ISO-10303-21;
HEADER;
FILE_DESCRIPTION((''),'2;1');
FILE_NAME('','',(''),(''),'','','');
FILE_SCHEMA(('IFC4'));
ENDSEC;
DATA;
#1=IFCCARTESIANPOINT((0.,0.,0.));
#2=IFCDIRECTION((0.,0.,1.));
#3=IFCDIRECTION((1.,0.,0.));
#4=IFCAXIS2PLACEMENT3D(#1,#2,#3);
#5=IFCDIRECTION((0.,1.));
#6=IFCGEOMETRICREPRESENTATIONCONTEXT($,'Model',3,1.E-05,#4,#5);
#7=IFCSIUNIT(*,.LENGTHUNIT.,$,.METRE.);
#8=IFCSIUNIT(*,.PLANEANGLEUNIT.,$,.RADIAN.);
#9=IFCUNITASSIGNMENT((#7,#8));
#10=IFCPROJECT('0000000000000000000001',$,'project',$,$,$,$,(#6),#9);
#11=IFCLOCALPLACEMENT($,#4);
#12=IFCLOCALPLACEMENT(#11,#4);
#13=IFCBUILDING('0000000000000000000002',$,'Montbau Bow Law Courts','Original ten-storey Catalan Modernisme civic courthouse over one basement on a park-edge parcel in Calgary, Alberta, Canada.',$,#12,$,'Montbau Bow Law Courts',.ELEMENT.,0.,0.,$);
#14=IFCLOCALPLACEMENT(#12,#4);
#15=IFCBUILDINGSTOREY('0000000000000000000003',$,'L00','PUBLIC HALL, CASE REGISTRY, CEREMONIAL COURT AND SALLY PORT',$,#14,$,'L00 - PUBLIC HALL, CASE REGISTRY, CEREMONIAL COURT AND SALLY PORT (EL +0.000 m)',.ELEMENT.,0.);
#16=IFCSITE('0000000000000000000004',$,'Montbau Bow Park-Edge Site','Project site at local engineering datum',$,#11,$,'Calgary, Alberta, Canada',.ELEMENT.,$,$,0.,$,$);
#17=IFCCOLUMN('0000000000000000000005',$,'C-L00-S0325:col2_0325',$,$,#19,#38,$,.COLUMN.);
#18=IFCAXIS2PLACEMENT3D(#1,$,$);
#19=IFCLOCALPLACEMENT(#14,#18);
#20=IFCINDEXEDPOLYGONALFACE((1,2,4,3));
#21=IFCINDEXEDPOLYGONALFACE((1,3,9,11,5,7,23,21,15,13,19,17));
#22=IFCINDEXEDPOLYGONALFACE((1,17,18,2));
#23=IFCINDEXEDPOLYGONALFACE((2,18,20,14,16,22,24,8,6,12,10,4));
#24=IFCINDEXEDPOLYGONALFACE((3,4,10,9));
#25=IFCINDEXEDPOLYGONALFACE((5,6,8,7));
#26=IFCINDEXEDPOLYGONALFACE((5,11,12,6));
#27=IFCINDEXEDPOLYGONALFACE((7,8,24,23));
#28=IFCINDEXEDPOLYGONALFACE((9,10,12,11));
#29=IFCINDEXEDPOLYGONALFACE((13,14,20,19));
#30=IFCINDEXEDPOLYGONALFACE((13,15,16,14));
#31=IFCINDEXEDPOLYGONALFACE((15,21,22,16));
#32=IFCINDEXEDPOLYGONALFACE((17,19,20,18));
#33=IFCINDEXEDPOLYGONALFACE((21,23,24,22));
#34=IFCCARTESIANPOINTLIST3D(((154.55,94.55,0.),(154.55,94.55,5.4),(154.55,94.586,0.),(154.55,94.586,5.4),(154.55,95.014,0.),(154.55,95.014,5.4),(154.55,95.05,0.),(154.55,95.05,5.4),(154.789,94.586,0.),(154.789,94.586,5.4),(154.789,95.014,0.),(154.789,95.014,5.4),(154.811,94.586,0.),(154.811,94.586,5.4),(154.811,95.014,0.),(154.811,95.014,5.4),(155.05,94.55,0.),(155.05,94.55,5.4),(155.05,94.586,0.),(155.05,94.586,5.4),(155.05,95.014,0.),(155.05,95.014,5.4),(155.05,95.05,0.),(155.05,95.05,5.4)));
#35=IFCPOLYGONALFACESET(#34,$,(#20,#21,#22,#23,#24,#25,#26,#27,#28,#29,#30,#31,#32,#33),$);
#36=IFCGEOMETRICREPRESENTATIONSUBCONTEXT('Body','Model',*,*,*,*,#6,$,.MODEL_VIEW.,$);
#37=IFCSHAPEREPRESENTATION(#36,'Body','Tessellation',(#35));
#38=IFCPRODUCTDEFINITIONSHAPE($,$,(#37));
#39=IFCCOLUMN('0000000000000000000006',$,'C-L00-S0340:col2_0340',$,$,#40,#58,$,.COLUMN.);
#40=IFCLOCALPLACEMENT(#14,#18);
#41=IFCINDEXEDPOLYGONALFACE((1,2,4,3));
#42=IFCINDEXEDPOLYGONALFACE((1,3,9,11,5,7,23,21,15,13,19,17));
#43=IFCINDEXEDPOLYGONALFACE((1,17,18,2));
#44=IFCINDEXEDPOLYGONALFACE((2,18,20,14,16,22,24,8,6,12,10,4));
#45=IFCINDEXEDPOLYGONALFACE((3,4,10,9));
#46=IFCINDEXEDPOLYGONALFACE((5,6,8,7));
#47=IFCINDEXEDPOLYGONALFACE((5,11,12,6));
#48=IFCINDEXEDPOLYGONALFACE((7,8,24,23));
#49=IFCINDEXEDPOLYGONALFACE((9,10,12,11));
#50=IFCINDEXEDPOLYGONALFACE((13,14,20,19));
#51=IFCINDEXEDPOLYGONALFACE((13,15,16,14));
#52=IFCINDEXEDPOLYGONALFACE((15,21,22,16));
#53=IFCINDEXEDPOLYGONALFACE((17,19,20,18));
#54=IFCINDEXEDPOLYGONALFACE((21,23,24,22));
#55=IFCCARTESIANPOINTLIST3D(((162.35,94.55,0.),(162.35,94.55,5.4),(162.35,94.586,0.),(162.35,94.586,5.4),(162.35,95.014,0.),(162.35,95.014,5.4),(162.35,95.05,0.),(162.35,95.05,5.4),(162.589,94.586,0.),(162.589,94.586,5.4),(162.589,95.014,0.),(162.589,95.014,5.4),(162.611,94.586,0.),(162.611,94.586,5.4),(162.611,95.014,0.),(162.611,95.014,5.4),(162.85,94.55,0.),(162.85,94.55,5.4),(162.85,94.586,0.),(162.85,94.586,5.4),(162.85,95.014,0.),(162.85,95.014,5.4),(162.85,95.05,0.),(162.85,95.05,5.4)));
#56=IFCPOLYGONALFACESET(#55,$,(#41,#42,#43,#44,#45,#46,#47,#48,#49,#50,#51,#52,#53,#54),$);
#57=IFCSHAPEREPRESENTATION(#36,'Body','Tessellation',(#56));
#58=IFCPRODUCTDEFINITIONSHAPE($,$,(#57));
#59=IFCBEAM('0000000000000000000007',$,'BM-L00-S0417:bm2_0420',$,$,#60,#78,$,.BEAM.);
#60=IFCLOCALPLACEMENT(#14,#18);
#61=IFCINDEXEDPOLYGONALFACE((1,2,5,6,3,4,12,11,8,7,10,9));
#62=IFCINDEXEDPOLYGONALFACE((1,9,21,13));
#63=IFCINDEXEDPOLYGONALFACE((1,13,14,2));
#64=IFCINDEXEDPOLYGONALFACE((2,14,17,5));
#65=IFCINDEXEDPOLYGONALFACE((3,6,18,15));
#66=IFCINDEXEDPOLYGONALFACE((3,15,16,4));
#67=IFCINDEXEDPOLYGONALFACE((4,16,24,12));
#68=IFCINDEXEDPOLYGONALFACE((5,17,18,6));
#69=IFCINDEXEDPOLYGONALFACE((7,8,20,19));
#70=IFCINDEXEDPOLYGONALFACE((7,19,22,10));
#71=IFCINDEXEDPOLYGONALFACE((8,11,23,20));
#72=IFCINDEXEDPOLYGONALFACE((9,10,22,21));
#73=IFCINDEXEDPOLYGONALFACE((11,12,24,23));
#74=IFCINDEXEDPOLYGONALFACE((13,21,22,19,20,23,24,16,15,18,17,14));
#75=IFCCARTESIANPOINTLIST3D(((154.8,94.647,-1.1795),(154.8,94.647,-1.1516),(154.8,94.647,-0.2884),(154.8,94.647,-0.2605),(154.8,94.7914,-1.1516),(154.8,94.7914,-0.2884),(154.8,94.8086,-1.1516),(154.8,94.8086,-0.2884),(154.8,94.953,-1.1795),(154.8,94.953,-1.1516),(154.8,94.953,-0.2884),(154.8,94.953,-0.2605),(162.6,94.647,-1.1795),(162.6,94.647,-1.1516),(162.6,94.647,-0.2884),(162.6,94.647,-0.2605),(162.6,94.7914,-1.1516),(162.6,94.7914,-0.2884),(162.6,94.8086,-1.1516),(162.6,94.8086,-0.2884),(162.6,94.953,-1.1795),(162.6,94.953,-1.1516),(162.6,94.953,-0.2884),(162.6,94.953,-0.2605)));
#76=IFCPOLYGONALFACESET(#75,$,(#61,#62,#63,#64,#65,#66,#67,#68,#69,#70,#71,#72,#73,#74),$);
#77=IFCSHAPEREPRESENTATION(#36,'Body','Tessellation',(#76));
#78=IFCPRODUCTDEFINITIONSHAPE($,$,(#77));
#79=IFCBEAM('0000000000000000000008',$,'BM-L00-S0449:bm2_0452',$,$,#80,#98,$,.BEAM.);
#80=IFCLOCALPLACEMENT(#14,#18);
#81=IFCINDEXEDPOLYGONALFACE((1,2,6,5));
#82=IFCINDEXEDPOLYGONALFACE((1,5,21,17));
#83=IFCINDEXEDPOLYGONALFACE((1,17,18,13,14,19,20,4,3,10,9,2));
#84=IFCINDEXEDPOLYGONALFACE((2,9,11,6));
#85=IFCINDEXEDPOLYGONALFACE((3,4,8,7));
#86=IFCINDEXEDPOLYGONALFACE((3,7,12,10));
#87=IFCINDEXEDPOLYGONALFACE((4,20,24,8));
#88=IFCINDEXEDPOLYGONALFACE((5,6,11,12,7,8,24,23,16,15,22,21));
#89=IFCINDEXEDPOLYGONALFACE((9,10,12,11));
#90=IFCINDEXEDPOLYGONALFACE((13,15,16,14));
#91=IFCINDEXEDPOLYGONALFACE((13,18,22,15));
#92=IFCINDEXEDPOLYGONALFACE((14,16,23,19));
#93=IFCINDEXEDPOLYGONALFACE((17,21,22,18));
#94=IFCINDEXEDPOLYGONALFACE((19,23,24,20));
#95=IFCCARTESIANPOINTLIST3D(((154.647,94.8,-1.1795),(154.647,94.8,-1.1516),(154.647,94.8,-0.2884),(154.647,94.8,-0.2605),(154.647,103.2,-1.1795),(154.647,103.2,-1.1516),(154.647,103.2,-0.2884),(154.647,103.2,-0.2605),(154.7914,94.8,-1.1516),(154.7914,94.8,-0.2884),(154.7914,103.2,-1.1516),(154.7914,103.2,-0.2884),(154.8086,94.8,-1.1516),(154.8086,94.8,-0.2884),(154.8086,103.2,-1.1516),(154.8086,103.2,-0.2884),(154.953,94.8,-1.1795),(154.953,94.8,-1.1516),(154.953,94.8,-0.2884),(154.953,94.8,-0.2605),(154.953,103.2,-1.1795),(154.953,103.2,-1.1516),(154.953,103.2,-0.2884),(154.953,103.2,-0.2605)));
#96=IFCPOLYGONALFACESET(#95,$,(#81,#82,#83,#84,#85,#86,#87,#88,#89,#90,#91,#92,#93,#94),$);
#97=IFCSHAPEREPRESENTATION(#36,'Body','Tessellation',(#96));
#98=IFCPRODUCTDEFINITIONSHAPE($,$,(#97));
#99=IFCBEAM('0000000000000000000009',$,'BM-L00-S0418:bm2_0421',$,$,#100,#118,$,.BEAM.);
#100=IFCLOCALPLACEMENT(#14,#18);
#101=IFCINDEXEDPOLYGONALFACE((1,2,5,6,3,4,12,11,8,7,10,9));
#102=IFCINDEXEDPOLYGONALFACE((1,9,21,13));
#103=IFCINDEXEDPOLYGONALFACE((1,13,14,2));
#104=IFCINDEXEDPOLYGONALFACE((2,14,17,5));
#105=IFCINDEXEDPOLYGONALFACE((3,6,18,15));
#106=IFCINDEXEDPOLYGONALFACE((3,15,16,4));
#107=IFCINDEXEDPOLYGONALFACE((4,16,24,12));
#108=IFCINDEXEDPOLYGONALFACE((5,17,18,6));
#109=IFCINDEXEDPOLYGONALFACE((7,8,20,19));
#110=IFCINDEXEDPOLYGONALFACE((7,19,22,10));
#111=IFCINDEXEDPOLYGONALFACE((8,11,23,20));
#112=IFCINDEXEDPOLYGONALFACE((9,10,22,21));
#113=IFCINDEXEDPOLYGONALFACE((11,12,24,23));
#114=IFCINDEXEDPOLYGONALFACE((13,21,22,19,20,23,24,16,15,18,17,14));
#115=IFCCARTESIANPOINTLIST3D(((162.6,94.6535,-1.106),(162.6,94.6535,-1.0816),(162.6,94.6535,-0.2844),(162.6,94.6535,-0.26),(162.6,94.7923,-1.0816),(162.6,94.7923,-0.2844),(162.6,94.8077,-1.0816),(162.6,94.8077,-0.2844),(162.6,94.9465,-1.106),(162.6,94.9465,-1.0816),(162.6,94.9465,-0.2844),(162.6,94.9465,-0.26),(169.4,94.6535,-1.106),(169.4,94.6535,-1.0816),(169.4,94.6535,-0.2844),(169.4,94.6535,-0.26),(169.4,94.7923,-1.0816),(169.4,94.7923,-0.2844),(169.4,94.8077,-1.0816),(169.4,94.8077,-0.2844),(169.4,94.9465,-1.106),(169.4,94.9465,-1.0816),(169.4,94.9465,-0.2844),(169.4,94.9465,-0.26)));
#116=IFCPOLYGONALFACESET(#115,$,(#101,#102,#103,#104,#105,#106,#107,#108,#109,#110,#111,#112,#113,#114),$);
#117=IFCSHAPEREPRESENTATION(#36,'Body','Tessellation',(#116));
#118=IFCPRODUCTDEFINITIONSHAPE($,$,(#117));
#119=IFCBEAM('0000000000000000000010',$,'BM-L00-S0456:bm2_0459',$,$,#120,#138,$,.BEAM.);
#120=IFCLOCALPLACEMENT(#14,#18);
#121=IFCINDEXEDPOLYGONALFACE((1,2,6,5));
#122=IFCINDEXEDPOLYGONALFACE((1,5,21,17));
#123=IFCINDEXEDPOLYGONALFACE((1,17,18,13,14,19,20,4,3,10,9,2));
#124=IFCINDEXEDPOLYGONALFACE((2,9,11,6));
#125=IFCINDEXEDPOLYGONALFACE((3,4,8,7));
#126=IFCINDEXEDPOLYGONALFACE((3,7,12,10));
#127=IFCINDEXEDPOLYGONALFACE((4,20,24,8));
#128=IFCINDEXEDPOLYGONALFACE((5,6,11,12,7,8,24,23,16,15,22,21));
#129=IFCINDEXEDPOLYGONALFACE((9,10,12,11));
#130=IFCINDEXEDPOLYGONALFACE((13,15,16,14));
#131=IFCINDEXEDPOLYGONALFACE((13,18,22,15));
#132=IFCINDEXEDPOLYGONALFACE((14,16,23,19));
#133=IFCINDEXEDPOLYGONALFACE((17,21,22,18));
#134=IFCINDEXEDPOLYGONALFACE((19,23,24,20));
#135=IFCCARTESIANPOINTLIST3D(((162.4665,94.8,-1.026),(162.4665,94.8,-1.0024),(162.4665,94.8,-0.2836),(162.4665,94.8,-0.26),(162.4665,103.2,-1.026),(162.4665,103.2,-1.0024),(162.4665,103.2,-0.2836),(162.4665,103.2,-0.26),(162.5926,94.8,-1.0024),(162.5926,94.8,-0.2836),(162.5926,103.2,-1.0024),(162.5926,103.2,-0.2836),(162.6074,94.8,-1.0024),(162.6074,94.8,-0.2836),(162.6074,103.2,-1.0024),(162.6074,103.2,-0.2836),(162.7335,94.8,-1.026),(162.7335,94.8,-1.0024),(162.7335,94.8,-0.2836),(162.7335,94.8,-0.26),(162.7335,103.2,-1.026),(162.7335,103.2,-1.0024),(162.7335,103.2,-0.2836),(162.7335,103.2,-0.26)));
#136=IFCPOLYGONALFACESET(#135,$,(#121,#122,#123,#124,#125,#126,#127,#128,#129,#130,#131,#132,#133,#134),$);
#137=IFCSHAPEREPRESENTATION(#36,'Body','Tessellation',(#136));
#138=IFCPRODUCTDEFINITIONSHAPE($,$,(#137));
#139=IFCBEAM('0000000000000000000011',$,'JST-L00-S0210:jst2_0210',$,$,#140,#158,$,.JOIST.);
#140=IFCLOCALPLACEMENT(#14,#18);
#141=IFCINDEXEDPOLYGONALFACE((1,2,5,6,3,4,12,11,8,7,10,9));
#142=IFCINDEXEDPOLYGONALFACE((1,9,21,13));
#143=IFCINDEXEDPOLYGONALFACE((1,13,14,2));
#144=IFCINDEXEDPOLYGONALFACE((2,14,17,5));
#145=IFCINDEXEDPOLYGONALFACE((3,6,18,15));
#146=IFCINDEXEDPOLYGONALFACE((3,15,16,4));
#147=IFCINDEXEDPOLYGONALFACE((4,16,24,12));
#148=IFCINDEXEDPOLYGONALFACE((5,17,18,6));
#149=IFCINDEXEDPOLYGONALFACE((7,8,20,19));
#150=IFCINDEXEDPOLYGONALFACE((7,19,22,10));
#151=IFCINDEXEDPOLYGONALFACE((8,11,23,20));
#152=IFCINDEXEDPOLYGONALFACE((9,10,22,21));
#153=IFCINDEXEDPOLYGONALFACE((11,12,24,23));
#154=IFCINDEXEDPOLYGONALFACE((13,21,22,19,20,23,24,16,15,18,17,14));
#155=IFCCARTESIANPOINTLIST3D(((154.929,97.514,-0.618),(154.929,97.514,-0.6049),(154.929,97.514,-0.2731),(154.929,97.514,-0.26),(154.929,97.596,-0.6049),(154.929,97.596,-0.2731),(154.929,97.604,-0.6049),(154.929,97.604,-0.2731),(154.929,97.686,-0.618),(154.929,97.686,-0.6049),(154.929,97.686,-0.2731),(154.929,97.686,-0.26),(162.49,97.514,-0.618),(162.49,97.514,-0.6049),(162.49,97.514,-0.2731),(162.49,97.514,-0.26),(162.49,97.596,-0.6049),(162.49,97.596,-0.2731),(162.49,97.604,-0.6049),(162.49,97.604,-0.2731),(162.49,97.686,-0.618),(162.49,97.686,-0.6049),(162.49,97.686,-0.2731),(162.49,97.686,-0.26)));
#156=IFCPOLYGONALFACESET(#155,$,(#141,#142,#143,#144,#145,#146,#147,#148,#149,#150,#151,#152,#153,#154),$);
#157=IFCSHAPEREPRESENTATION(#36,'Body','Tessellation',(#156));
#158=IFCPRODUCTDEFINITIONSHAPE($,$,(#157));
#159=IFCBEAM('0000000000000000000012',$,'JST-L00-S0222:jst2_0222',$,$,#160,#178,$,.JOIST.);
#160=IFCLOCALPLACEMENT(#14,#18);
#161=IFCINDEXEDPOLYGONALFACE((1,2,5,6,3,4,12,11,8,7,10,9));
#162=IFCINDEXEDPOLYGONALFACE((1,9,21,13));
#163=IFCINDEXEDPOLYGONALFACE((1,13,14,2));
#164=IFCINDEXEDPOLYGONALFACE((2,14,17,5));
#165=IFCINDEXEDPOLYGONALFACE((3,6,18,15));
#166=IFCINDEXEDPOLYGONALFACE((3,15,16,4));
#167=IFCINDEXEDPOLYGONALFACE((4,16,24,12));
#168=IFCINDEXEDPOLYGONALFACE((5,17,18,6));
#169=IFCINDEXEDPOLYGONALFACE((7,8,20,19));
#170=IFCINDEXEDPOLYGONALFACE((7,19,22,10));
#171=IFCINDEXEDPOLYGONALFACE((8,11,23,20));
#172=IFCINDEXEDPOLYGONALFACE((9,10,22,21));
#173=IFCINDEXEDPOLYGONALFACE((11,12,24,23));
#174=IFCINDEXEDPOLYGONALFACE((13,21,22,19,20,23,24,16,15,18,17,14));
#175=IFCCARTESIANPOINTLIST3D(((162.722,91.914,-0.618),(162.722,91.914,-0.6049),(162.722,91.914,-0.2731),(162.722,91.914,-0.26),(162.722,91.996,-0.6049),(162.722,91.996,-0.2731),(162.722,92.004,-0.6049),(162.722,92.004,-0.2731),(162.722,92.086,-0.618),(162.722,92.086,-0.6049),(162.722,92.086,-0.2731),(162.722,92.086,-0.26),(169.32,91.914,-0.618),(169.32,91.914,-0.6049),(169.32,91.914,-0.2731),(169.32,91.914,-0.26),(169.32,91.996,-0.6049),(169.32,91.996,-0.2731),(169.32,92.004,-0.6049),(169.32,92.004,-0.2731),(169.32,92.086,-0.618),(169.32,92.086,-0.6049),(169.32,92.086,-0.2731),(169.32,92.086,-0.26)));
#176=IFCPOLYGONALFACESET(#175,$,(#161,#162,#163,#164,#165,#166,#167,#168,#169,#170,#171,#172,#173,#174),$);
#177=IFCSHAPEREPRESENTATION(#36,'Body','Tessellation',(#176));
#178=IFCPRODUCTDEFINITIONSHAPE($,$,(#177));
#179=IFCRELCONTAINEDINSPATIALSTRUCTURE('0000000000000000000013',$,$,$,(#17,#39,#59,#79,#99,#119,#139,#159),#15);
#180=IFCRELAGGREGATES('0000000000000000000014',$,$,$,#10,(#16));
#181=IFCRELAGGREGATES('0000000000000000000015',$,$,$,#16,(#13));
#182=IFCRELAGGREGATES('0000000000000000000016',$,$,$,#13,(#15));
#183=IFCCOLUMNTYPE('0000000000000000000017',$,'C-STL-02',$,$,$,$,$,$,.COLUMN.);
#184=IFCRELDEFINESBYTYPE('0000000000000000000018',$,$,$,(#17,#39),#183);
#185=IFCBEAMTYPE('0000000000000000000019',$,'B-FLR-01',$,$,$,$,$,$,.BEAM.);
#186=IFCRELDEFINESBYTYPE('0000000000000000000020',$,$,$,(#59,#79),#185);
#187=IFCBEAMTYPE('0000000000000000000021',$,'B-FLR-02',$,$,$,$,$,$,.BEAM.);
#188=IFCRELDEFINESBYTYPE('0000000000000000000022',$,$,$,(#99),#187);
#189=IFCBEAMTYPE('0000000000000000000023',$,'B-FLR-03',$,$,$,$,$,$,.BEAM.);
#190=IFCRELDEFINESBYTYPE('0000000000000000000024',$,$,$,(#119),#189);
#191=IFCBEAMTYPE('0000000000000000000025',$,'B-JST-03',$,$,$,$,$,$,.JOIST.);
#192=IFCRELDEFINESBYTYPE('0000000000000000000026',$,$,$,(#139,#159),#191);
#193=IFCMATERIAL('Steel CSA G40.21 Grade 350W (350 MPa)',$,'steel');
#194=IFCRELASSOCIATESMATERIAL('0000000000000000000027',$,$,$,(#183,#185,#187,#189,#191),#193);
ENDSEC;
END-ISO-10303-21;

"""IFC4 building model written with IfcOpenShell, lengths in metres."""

from ifc_helpers import new_model, si_unit, direction, frame, origin_with_axes, origin_2d_with_axis, place, context, subcontext, project, spatial, i_section, extrude, material, material_profile, profile_set, type_object, element, save


model = new_model("IFC4")

# Units and contexts
model_context = context("Model", 3, precision=1e-05, world=origin_with_axes(), true_north=direction((0.0, 1.0)))
body_context = subcontext(model_context, "Body", "Model", "MODEL_VIEW")
ifc_project = project(units=[si_unit("LENGTHUNIT", "METRE"), si_unit("PLANEANGLEUNIT", "RADIAN")], contexts=[model_context])

# Site, building, storey
site_placement = place(None, origin_with_axes())
site = spatial("IfcSite", under=ifc_project, at=site_placement, Name="Montbau Bow Park-Edge Site", Description="Project site at local engineering datum", LongName="Calgary, Alberta, Canada", CompositionType="ELEMENT", RefElevation=0.0)
building_placement = place(site_placement, origin_with_axes())
building = spatial("IfcBuilding", under=site, at=building_placement, Name="Montbau Bow Law Courts", Description="Original ten-storey Catalan Modernisme civic courthouse over one basement on a park-edge parcel in Calgary, Alberta, Canada.", LongName="Montbau Bow Law Courts", CompositionType="ELEMENT", ElevationOfRefHeight=0.0, ElevationOfTerrain=0.0)
storey_placement = place(building_placement, origin_with_axes())
storey = spatial("IfcBuildingStorey", under=building, at=storey_placement, Name="L00", Description="PUBLIC HALL, CASE REGISTRY, CEREMONIAL COURT AND SALLY PORT", LongName="L00 - PUBLIC HALL, CASE REGISTRY, CEREMONIAL COURT AND SALLY PORT (EL +0.000 m)", CompositionType="ELEMENT", Elevation=0.0)

# Columns
ifc_material_1 = material(Name="Steel CSA G40.21 Grade 350W (350 MPa)", Category="steel")
ifc_material_profile_1 = material_profile(ifc_material_1, i_section(OverallWidth=0.5, OverallDepth=0.5, WebThickness=0.022, FlangeThickness=0.036, at=origin_2d_with_axis()), Name="WWF500X343", Category="Main", Priority=0)
ifc_profile_set_1 = profile_set([ifc_material_profile_1], Name="Steel CSA G40.21 Grade 350W (350 MPa)")
column_type = type_object("IfcColumnType", Name="C-STL-02", PredefinedType="COLUMN", material=ifc_profile_set_1)
for number, where, z_axis, x_axis, name in (
    (1, (154.8, 94.8, 0.0), (0.0, 0.0, 1.0), (1.0, 0.0, 0.0), "C-L00-S0325:col2_0325"),
    (2, (162.6, 94.8, 0.0), (0.0, 0.0, 1.0), (1.0, 0.0, 0.0), "C-L00-S0340:col2_0340"),
):
    element("IfcColumn", number, at=place(None, frame(where, z_axis=z_axis, x_axis=x_axis)), inside=storey, type_object=column_type, Name=name, PredefinedType="COLUMN", context=body_context, shape_type="SweptSolid", body=[
        extrude(i_section(OverallWidth=0.5, OverallDepth=0.5, WebThickness=0.022, FlangeThickness=0.036, at=origin_2d_with_axis()), origin_with_axes(), (0.0, 0.0, 1.0), 5.4),
    ])

# Beams
ifc_material_profile_2 = material_profile(ifc_material_1, i_section(OverallWidth=0.306, OverallDepth=0.919, WebThickness=0.0173, FlangeThickness=0.0279, at=origin_2d_with_axis()), Name="W920X253", Category="Main", Priority=0)
ifc_profile_set_2 = profile_set([ifc_material_profile_2], Name="Steel CSA G40.21 Grade 350W (350 MPa)")
beam_type_1 = type_object("IfcBeamType", Name="B-FLR-01", PredefinedType="BEAM", material=ifc_profile_set_2)
beam_1_placement = place(None, frame((154.8, 94.8, -0.72), z_axis=(1.0, 0.0, 0.0), x_axis=(0.0, 1.0, 0.0)))
element("IfcBeam", 3, at=beam_1_placement, inside=storey, type_object=beam_type_1, Name="BM-L00-S0417:bm2_0420", PredefinedType="BEAM", context=body_context, shape_type="SweptSolid", body=[
    extrude(i_section(OverallWidth=0.306, OverallDepth=0.919, WebThickness=0.0173, FlangeThickness=0.0279, at=origin_2d_with_axis()), origin_with_axes(), (0.0, 0.0, 1.0), 7.8),
])
beam_2_placement = place(None, frame((154.8, 94.8, -0.72), z_axis=(0.0, 1.0, 0.0), x_axis=(-1.0, 0.0, 0.0)))
element("IfcBeam", 4, at=beam_2_placement, inside=storey, type_object=beam_type_1, Name="BM-L00-S0449:bm2_0452", PredefinedType="BEAM", context=body_context, shape_type="SweptSolid", body=[
    extrude(i_section(OverallWidth=0.306, OverallDepth=0.919, WebThickness=0.0173, FlangeThickness=0.0279, at=origin_2d_with_axis()), origin_with_axes(), (0.0, 0.0, 1.0), 8.4),
])
ifc_material_profile_3 = material_profile(ifc_material_1, i_section(OverallWidth=0.293, OverallDepth=0.846, WebThickness=0.0154, FlangeThickness=0.0244, at=origin_2d_with_axis()), Name="W840X210", Category="Main", Priority=0)
ifc_profile_set_3 = profile_set([ifc_material_profile_3], Name="Steel CSA G40.21 Grade 350W (350 MPa)")
beam_type_2 = type_object("IfcBeamType", Name="B-FLR-02", PredefinedType="BEAM", material=ifc_profile_set_3)
beam_3_placement = place(None, frame((162.6, 94.8, -0.683), z_axis=(1.0, 0.0, 0.0), x_axis=(0.0, 1.0, 0.0)))
element("IfcBeam", 5, at=beam_3_placement, inside=storey, type_object=beam_type_2, Name="BM-L00-S0418:bm2_0421", PredefinedType="BEAM", context=body_context, shape_type="SweptSolid", body=[
    extrude(i_section(OverallWidth=0.293, OverallDepth=0.846, WebThickness=0.0154, FlangeThickness=0.0244, at=origin_2d_with_axis()), origin_with_axes(), (0.0, 0.0, 1.0), 6.8),
])
ifc_material_profile_4 = material_profile(ifc_material_1, i_section(OverallWidth=0.267, OverallDepth=0.766, WebThickness=0.0149, FlangeThickness=0.0236, at=origin_2d_with_axis()), Name="W760X185", Category="Main", Priority=0)
ifc_profile_set_4 = profile_set([ifc_material_profile_4], Name="Steel CSA G40.21 Grade 350W (350 MPa)")
beam_type_3 = type_object("IfcBeamType", Name="B-FLR-03", PredefinedType="BEAM", material=ifc_profile_set_4)
beam_4_placement = place(None, frame((162.6, 94.8, -0.643), z_axis=(0.0, 1.0, 0.0), x_axis=(-1.0, 0.0, 0.0)))
element("IfcBeam", 6, at=beam_4_placement, inside=storey, type_object=beam_type_3, Name="BM-L00-S0456:bm2_0459", PredefinedType="BEAM", context=body_context, shape_type="SweptSolid", body=[
    extrude(i_section(OverallWidth=0.267, OverallDepth=0.766, WebThickness=0.0149, FlangeThickness=0.0236, at=origin_2d_with_axis()), origin_with_axes(), (0.0, 0.0, 1.0), 8.4),
])
ifc_material_profile_5 = material_profile(ifc_material_1, i_section(OverallWidth=0.172, OverallDepth=0.358, WebThickness=0.0079, FlangeThickness=0.0131, at=origin_2d_with_axis()), Name="W360X57", Category="Main", Priority=0)
ifc_profile_set_5 = profile_set([ifc_material_profile_5], Name="Steel CSA G40.21 Grade 350W (350 MPa)")
beam_type_4 = type_object("IfcBeamType", Name="B-JST-03", PredefinedType="JOIST", material=ifc_profile_set_5)
beam_5_placement = place(None, frame((154.929, 97.6, -0.439), z_axis=(1.0, 0.0, 0.0), x_axis=(0.0, 1.0, 0.0)))
element("IfcBeam", 7, at=beam_5_placement, inside=storey, type_object=beam_type_4, Name="JST-L00-S0210:jst2_0210", PredefinedType="JOIST", context=body_context, shape_type="SweptSolid", body=[
    extrude(i_section(OverallWidth=0.172, OverallDepth=0.358, WebThickness=0.0079, FlangeThickness=0.0131, at=origin_2d_with_axis()), origin_with_axes(), (0.0, 0.0, 1.0), 7.561),
])
beam_6_placement = place(None, frame((162.722, 92.0, -0.439), z_axis=(1.0, 0.0, 0.0), x_axis=(0.0, 1.0, 0.0)))
element("IfcBeam", 8, at=beam_6_placement, inside=storey, type_object=beam_type_4, Name="JST-L00-S0222:jst2_0222", PredefinedType="JOIST", context=body_context, shape_type="SweptSolid", body=[
    extrude(i_section(OverallWidth=0.172, OverallDepth=0.358, WebThickness=0.0079, FlangeThickness=0.0131, at=origin_2d_with_axis()), origin_with_axes(), (0.0, 0.0, 1.0), 6.598),
])

save(model, "model.ifc")
